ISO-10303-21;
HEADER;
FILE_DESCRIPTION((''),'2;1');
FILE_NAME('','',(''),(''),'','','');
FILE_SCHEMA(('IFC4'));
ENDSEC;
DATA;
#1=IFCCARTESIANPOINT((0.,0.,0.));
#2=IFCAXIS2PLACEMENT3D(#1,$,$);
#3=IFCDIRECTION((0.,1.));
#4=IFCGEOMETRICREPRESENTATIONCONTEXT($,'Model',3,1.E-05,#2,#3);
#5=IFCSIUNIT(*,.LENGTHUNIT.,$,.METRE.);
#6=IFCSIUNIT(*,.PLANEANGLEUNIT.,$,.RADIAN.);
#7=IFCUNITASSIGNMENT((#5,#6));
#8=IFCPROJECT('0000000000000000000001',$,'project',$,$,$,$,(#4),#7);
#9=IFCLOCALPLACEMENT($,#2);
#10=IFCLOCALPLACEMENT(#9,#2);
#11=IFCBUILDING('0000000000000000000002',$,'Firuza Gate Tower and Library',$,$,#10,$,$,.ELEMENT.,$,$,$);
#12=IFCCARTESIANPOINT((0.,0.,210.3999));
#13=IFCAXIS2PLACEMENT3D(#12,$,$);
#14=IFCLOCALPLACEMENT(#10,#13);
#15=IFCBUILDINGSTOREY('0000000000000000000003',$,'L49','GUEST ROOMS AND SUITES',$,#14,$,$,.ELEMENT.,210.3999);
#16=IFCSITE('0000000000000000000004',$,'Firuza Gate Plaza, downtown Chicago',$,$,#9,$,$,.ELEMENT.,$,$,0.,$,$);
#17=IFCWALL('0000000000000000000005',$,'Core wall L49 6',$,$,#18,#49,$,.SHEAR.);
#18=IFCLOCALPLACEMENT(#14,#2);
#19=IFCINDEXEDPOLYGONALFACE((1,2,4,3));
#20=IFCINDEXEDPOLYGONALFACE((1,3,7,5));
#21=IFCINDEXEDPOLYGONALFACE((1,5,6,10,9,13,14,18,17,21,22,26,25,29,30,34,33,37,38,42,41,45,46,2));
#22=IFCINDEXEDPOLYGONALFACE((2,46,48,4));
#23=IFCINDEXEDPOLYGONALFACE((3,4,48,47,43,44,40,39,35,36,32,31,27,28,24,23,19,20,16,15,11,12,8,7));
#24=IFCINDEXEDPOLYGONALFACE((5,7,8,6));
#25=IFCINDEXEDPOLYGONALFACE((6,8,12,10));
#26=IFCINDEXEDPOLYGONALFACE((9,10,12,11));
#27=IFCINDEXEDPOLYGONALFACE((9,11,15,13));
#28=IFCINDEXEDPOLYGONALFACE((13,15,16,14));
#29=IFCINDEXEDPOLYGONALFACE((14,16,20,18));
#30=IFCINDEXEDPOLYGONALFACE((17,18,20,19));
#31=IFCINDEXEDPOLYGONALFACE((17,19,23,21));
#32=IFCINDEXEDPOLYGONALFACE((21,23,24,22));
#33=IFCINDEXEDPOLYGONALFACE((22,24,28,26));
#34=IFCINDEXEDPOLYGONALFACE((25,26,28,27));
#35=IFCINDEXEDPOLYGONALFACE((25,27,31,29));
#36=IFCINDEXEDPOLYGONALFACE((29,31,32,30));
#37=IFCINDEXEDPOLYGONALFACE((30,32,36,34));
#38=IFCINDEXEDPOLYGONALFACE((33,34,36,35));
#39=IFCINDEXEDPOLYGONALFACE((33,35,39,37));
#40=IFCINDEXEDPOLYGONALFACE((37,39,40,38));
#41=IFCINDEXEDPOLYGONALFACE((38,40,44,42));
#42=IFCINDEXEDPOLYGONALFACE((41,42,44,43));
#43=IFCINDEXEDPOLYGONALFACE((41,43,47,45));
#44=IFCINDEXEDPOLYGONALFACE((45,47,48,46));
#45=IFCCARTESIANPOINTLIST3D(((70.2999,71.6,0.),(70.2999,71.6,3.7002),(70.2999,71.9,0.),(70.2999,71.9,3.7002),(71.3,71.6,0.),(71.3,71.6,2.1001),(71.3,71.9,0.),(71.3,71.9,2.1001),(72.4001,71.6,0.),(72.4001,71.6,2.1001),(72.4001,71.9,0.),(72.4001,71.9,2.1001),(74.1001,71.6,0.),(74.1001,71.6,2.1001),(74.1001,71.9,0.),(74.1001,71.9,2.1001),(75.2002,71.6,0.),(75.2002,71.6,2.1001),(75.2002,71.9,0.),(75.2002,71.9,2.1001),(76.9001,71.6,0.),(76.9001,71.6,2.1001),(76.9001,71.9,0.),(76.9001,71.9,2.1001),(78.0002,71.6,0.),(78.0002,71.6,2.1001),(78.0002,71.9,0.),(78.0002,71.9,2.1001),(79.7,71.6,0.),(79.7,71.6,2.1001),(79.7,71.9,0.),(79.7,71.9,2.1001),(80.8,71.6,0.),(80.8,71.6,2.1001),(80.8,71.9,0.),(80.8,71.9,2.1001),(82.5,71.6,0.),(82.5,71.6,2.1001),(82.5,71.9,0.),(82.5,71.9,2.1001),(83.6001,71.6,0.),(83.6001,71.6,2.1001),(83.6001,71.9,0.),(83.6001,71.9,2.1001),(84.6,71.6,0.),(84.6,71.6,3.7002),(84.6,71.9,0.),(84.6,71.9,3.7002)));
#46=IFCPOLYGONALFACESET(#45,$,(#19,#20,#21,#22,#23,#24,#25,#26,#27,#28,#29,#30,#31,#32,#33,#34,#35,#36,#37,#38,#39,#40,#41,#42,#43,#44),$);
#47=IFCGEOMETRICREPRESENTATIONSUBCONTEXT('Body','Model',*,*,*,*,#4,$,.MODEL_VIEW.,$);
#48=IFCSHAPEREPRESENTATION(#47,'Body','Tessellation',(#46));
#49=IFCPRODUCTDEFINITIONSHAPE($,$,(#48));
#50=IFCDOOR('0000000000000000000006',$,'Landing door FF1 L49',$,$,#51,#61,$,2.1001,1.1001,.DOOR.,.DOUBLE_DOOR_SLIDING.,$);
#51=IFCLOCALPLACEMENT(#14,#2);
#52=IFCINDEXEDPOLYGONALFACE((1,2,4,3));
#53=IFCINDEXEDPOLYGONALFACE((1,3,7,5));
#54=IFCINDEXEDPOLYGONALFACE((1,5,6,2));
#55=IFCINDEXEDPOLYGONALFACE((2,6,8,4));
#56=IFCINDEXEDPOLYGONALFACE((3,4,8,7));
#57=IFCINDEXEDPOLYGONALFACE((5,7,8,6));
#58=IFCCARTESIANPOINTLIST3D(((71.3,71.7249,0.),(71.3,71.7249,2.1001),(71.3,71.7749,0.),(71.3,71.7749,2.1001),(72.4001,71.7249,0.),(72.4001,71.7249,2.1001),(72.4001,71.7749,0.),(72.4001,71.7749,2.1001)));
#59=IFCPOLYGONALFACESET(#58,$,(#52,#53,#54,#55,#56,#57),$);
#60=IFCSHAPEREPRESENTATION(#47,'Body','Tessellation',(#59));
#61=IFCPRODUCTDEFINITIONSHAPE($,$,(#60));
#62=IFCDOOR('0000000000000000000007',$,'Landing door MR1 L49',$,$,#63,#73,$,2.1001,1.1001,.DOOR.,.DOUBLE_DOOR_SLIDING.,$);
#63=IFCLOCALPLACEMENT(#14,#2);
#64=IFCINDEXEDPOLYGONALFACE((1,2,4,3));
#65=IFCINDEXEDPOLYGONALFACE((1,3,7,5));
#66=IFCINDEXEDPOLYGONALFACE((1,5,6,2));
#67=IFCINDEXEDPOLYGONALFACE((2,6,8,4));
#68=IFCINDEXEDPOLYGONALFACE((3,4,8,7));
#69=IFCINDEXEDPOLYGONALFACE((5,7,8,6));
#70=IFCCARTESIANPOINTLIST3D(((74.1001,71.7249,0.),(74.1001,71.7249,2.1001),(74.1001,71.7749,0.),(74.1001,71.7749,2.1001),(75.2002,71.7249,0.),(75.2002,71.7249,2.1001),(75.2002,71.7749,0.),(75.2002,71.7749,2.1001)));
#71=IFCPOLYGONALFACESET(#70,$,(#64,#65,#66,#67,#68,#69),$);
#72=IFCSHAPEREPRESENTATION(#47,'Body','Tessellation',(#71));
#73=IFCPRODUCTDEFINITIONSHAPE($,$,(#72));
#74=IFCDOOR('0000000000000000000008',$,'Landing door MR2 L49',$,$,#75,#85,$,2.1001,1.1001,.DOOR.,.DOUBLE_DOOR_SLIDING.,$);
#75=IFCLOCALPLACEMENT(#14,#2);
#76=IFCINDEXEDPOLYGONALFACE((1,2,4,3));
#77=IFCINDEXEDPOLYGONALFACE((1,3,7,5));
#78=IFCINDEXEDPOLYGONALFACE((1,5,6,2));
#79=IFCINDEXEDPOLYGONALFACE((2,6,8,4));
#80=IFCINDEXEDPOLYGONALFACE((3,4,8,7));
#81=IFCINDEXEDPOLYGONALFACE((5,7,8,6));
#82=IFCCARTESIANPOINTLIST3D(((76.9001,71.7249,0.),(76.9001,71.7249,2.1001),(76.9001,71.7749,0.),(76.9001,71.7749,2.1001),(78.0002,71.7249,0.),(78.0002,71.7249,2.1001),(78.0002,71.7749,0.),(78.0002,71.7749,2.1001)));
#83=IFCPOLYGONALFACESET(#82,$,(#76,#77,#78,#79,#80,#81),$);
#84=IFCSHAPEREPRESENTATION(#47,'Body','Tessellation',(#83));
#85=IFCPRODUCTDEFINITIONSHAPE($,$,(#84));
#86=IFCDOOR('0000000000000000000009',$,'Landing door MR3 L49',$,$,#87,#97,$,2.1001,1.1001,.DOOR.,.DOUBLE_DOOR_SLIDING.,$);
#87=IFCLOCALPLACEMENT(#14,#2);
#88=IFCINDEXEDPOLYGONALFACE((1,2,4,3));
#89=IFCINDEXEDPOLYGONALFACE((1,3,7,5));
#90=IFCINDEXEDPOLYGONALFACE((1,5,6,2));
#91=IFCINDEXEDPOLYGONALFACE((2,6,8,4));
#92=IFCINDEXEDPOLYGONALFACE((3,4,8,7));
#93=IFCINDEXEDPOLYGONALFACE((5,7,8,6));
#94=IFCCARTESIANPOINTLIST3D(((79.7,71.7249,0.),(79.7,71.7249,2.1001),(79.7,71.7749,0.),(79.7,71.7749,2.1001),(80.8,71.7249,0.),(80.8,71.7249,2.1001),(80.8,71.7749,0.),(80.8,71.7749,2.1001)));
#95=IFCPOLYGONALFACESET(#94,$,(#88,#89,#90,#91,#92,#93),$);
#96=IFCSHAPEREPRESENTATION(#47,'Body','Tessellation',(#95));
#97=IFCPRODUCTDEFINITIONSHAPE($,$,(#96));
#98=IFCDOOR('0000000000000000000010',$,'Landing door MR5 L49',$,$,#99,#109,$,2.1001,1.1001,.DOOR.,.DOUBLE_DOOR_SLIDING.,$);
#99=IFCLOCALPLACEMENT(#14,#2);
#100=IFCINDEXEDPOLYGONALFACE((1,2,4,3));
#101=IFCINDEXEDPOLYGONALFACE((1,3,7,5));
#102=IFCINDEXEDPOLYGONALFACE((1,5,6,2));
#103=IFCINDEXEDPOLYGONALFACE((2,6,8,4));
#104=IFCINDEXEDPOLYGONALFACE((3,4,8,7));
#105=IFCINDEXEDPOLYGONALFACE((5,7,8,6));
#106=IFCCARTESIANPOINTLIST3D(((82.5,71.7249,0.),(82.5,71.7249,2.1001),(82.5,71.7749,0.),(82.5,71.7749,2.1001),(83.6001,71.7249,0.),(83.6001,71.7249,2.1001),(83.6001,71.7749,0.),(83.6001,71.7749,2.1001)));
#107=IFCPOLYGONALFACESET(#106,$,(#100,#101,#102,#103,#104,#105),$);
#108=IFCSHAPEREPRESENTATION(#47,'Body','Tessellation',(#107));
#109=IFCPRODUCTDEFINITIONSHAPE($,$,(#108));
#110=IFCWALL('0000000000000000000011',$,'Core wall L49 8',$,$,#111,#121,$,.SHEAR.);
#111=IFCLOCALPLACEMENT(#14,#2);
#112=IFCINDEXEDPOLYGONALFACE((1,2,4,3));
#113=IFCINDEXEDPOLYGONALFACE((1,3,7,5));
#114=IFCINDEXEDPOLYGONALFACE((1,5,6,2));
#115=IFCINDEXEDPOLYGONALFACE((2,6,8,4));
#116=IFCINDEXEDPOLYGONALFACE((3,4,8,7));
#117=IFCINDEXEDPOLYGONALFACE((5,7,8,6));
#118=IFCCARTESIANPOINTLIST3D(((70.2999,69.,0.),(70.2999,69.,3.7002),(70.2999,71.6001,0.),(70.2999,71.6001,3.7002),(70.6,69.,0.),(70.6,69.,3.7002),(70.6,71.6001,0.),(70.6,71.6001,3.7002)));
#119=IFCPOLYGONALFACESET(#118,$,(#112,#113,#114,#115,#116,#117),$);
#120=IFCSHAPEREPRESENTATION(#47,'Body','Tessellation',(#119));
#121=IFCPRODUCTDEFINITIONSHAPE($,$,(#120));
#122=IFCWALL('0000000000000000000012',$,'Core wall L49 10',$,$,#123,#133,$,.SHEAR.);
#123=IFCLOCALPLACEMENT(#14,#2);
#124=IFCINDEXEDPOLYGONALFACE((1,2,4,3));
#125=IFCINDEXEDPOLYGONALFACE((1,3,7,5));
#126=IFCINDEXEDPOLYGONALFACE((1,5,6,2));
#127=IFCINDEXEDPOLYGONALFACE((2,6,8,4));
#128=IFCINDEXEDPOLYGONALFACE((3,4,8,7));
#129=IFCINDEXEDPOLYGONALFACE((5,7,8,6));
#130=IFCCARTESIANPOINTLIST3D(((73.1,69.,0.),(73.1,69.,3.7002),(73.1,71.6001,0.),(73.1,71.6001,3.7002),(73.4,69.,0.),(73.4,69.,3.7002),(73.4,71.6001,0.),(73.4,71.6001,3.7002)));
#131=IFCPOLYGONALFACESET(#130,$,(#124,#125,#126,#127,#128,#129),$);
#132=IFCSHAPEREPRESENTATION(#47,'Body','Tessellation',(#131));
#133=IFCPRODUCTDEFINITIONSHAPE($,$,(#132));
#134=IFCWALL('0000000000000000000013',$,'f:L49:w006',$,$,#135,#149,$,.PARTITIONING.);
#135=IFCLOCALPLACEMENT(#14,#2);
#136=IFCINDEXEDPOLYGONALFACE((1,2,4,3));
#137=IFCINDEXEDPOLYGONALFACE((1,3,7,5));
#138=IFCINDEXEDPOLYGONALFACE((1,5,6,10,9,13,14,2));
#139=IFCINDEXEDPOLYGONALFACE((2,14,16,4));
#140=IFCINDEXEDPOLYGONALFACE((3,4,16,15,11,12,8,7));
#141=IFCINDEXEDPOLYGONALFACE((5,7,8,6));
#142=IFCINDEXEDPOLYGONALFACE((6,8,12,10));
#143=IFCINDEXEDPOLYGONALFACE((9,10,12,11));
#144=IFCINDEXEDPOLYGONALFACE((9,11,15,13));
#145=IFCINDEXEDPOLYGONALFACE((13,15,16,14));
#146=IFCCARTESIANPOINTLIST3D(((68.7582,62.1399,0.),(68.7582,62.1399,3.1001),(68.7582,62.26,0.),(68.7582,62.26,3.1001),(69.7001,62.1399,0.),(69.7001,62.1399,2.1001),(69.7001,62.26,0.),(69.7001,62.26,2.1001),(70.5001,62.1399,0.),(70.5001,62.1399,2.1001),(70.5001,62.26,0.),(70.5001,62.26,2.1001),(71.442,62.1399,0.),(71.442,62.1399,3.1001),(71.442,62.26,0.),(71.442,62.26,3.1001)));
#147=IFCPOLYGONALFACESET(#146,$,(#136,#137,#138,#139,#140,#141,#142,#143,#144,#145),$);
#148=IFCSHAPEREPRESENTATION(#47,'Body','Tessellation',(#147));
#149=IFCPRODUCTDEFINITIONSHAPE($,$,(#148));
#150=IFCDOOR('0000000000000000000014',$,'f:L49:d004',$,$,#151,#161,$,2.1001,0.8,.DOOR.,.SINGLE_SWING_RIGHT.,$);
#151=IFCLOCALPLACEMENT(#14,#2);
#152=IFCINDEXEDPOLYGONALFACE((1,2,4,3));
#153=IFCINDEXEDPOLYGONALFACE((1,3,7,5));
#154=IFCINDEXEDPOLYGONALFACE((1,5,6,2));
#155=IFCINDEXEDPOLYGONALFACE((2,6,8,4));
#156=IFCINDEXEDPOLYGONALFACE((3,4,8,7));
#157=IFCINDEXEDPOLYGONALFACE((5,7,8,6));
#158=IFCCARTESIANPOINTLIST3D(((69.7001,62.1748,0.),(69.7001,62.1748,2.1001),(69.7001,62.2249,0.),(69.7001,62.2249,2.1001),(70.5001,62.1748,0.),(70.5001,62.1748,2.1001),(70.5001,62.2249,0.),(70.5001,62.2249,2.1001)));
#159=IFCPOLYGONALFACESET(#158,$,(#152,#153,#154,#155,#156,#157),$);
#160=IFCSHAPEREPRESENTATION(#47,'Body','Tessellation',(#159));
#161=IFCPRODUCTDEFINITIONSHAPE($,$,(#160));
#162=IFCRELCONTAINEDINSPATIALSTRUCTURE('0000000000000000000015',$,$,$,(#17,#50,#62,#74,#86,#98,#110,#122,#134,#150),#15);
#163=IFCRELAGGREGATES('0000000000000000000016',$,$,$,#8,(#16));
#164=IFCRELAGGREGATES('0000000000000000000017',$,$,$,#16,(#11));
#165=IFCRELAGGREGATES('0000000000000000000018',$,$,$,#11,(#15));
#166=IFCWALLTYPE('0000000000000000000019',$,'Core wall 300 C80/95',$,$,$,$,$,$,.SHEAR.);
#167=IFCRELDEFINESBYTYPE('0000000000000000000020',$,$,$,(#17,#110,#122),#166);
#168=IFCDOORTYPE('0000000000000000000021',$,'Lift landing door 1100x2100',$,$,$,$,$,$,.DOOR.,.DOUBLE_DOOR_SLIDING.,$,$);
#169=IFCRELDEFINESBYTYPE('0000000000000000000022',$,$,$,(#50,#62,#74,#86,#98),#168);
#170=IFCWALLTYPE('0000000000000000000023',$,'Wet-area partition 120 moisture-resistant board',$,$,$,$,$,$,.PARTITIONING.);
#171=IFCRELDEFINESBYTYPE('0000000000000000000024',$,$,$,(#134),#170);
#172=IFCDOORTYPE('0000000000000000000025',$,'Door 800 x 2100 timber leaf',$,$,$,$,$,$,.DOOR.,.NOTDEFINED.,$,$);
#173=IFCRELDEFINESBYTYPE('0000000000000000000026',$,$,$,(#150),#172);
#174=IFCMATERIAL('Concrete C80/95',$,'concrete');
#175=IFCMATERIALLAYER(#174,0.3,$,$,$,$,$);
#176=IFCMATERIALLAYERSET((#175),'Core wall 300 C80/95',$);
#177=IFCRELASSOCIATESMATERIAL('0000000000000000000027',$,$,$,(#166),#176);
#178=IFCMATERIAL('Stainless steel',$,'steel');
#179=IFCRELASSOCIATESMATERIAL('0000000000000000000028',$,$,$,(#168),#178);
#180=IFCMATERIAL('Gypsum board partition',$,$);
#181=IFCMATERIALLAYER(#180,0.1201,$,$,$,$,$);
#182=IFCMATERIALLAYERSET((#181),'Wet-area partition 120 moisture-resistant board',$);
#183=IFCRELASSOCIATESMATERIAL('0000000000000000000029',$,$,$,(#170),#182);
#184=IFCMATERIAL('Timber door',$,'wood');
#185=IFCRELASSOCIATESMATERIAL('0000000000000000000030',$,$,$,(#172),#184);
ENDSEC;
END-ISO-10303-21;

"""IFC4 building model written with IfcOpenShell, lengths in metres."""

from ifc_helpers import new_model, si_unit, direction, frame, frame_2d, origin, place, context, subcontext, project, spatial, rectangle, extrude, material, layer, layer_set, type_object, element, fill, save


model = new_model("IFC4")

# Units and contexts
model_context = context("Model", 3, precision=1e-05, world=origin(), true_north=direction((0.0, 1.0)))
body_context = subcontext(model_context, "Body", "Model", "MODEL_VIEW")
ifc_project = project(units=[si_unit("LENGTHUNIT", "METRE"), si_unit("PLANEANGLEUNIT", "RADIAN")], contexts=[model_context])

# Site, building, storey
site_placement = place(None, origin())
site = spatial("IfcSite", under=ifc_project, at=site_placement, Name="Firuza Gate Plaza, downtown Chicago", CompositionType="ELEMENT", RefElevation=0.0)
building_placement = place(site_placement, origin())
building = spatial("IfcBuilding", under=site, at=building_placement, Name="Firuza Gate Tower and Library", CompositionType="ELEMENT")
storey_placement = place(building_placement, frame((0.0, 0.0, 210.3999)))
storey = spatial("IfcBuildingStorey", under=building, at=storey_placement, Name="L49", Description="GUEST ROOMS AND SUITES", CompositionType="ELEMENT", Elevation=210.3999)

# Shared definitions
ifc_material_1 = material(Name="Concrete C80/95", Category="concrete")
ifc_layer_1 = layer(ifc_material_1, 0.3)
ifc_layer_set_1 = layer_set([ifc_layer_1], Name="Core wall 300 C80/95")
wall_type_1 = type_object("IfcWallType", Name="Core wall 300 C80/95", PredefinedType="SHEAR", material=ifc_layer_set_1)

# Wall, openings, doors
wall_1_placement = place(storey_placement, frame((70.3, 71.75, 0.0), z_axis=(0.0, 0.0, 1.0), x_axis=(1.0, 0.0, 0.0)))
wall_1 = element("IfcWall", 1, at=wall_1_placement, inside=storey, type_object=wall_type_1, Name="Core wall L49 6", PredefinedType="SHEAR", context=body_context, shape_type="SweptSolid", body=[
    extrude(rectangle(XDim=14.3, YDim=0.3, at=frame_2d((7.1499, 0.0))), origin(), (0.0, 0.0, 1.0), 3.7002),
])
opening_1_placement = place(wall_1_placement, frame((1.0, 0.0, 0.0)))
opening_1 = element("IfcOpeningElement", 2, at=opening_1_placement, cuts=wall_1, PredefinedType="OPENING", context=body_context, shape_type="SweptSolid", body=[
    extrude(rectangle(XDim=1.1001, YDim=2.1001, at=frame_2d((0.55, 1.05))), frame((0.0, 0.1602, 0.0), z_axis=(0.0, -1.0, 0.0), x_axis=(1.0, 0.0, 0.0)), (0.0, 0.0, 1.0), 0.3201),
])
opening_2_placement = place(wall_1_placement, frame((3.8, 0.0, 0.0)))
opening_2 = element("IfcOpeningElement", 3, at=opening_2_placement, cuts=wall_1, PredefinedType="OPENING", context=body_context, shape_type="SweptSolid", body=[
    extrude(rectangle(XDim=1.1001, YDim=2.1001, at=frame_2d((0.55, 1.05))), frame((0.0, 0.1602, 0.0), z_axis=(0.0, -1.0, 0.0), x_axis=(1.0, 0.0, 0.0)), (0.0, 0.0, 1.0), 0.3201),
])
opening_3_placement = place(wall_1_placement, frame((6.6001, 0.0, 0.0)))
opening_3 = element("IfcOpeningElement", 4, at=opening_3_placement, cuts=wall_1, PredefinedType="OPENING", context=body_context, shape_type="SweptSolid", body=[
    extrude(rectangle(XDim=1.1001, YDim=2.1001, at=frame_2d((0.55, 1.05))), frame((0.0, 0.1602, 0.0), z_axis=(0.0, -1.0, 0.0), x_axis=(1.0, 0.0, 0.0)), (0.0, 0.0, 1.0), 0.3201),
])
opening_4_placement = place(wall_1_placement, frame((9.3999, 0.0, 0.0)))
opening_4 = element("IfcOpeningElement", 5, at=opening_4_placement, cuts=wall_1, PredefinedType="OPENING", context=body_context, shape_type="SweptSolid", body=[
    extrude(rectangle(XDim=1.1001, YDim=2.1001, at=frame_2d((0.55, 1.05))), frame((0.0, 0.1602, 0.0), z_axis=(0.0, -1.0, 0.0), x_axis=(1.0, 0.0, 0.0)), (0.0, 0.0, 1.0), 0.3201),
])
opening_5_placement = place(wall_1_placement, frame((12.2, 0.0, 0.0)))
opening_5 = element("IfcOpeningElement", 6, at=opening_5_placement, cuts=wall_1, PredefinedType="OPENING", context=body_context, shape_type="SweptSolid", body=[
    extrude(rectangle(XDim=1.1001, YDim=2.1001, at=frame_2d((0.55, 1.05))), frame((0.0, 0.1602, 0.0), z_axis=(0.0, -1.0, 0.0), x_axis=(1.0, 0.0, 0.0)), (0.0, 0.0, 1.0), 0.3201),
])
ifc_material_2 = material(Name="Stainless steel", Category="steel")
door_type_1 = type_object("IfcDoorType", Name="Lift landing door 1100x2100", OperationType="DOUBLE_DOOR_SLIDING", PredefinedType="DOOR", material=ifc_material_2)
door_1_placement = place(opening_1_placement, origin())
door_1 = element("IfcDoor", 7, at=door_1_placement, inside=storey, type_object=door_type_1, Name="Landing door FF1 L49", OperationType="DOUBLE_DOOR_SLIDING", OverallHeight=2.1001, OverallWidth=1.1001, PredefinedType="DOOR", context=body_context, shape_type="SweptSolid", body=[
    extrude(rectangle(XDim=1.1001, YDim=2.1001, at=frame_2d((0.55, 1.05))), frame((0.0, 0.0249, 0.0), z_axis=(0.0, -1.0, 0.0), x_axis=(1.0, 0.0, 0.0)), (0.0, 0.0, 1.0), 0.05),
])
fill(opening_1, door_1)
door_2_placement = place(opening_2_placement, origin())
door_2 = element("IfcDoor", 8, at=door_2_placement, inside=storey, type_object=door_type_1, Name="Landing door MR1 L49", OperationType="DOUBLE_DOOR_SLIDING", OverallHeight=2.1001, OverallWidth=1.1001, PredefinedType="DOOR", context=body_context, shape_type="SweptSolid", body=[
    extrude(rectangle(XDim=1.1001, YDim=2.1001, at=frame_2d((0.55, 1.05))), frame((0.0, 0.0249, 0.0), z_axis=(0.0, -1.0, 0.0), x_axis=(1.0, 0.0, 0.0)), (0.0, 0.0, 1.0), 0.05),
])
fill(opening_2, door_2)
door_3_placement = place(opening_3_placement, origin())
door_3 = element("IfcDoor", 9, at=door_3_placement, inside=storey, type_object=door_type_1, Name="Landing door MR2 L49", OperationType="DOUBLE_DOOR_SLIDING", OverallHeight=2.1001, OverallWidth=1.1001, PredefinedType="DOOR", context=body_context, shape_type="SweptSolid", body=[
    extrude(rectangle(XDim=1.1001, YDim=2.1001, at=frame_2d((0.55, 1.05))), frame((0.0, 0.0249, 0.0), z_axis=(0.0, -1.0, 0.0), x_axis=(1.0, 0.0, 0.0)), (0.0, 0.0, 1.0), 0.05),
])
fill(opening_3, door_3)
door_4_placement = place(opening_4_placement, origin())
door_4 = element("IfcDoor", 10, at=door_4_placement, inside=storey, type_object=door_type_1, Name="Landing door MR3 L49", OperationType="DOUBLE_DOOR_SLIDING", OverallHeight=2.1001, OverallWidth=1.1001, PredefinedType="DOOR", context=body_context, shape_type="SweptSolid", body=[
    extrude(rectangle(XDim=1.1001, YDim=2.1001, at=frame_2d((0.55, 1.05))), frame((0.0, 0.0249, 0.0), z_axis=(0.0, -1.0, 0.0), x_axis=(1.0, 0.0, 0.0)), (0.0, 0.0, 1.0), 0.05),
])
fill(opening_4, door_4)
door_5_placement = place(opening_5_placement, origin())
door_5 = element("IfcDoor", 11, at=door_5_placement, inside=storey, type_object=door_type_1, Name="Landing door MR5 L49", OperationType="DOUBLE_DOOR_SLIDING", OverallHeight=2.1001, OverallWidth=1.1001, PredefinedType="DOOR", context=body_context, shape_type="SweptSolid", body=[
    extrude(rectangle(XDim=1.1001, YDim=2.1001, at=frame_2d((0.55, 1.05))), frame((0.0, 0.0249, 0.0), z_axis=(0.0, -1.0, 0.0), x_axis=(1.0, 0.0, 0.0)), (0.0, 0.0, 1.0), 0.05),
])
fill(opening_5, door_5)

# Walls
for number, where, z_axis, x_axis, name in (
    (12, (70.45, 69.0, 0.0), (0.0, 0.0, 1.0), (0.0, 1.0, 0.0), "Core wall L49 8"),
    (13, (73.25, 69.0, 0.0), (0.0, 0.0, 1.0), (0.0, 1.0, 0.0), "Core wall L49 10"),
):
    element("IfcWall", number, at=place(storey_placement, frame(where, z_axis=z_axis, x_axis=x_axis)), inside=storey, type_object=wall_type_1, Name=name, PredefinedType="SHEAR", context=body_context, shape_type="SweptSolid", body=[
        extrude(rectangle(XDim=2.6001, YDim=0.3, at=frame_2d((1.3, 0.0))), origin(), (0.0, 0.0, 1.0), 3.7002),
    ])

# Wall, opening, door
ifc_material_3 = material(Name="Gypsum board partition")
ifc_layer_2 = layer(ifc_material_3, 0.1201)
ifc_layer_set_2 = layer_set([ifc_layer_2], Name="Wet-area partition 120 moisture-resistant board")
wall_type_2 = type_object("IfcWallType", Name="Wet-area partition 120 moisture-resistant board", PredefinedType="PARTITIONING", material=ifc_layer_set_2)
wall_2_placement = place(storey_placement, frame((68.7583, 62.2, 0.0), z_axis=(0.0, 0.0, 1.0), x_axis=(1.0, 0.0, 0.0)))
wall_2 = element("IfcWall", 14, at=wall_2_placement, inside=storey, type_object=wall_type_2, Name="f:L49:w006", PredefinedType="PARTITIONING", context=body_context, shape_type="SweptSolid", body=[
    extrude(rectangle(XDim=2.6838, YDim=0.1201, at=frame_2d((1.3418, 0.0))), origin(), (0.0, 0.0, 1.0), 3.1001),
])
opening_6_placement = place(wall_2_placement, frame((0.9419, 0.0, 0.0)))
opening_6 = element("IfcOpeningElement", 15, at=opening_6_placement, cuts=wall_2, PredefinedType="OPENING", context=body_context, shape_type="SweptSolid", body=[
    extrude(rectangle(XDim=0.8, YDim=2.1001, at=frame_2d((0.3999, 1.05))), frame((0.0, 0.0701, 0.0), z_axis=(0.0, -1.0, 0.0), x_axis=(1.0, 0.0, 0.0)), (0.0, 0.0, 1.0), 0.1401),
])
ifc_material_4 = material(Name="Timber door", Category="wood")
door_type_2 = type_object("IfcDoorType", Name="Door 800 x 2100 timber leaf", OperationType="NOTDEFINED", PredefinedType="DOOR", material=ifc_material_4)
door_6_placement = place(opening_6_placement, origin())
door_6 = element("IfcDoor", 16, at=door_6_placement, inside=storey, type_object=door_type_2, Name="f:L49:d004", OperationType="SINGLE_SWING_RIGHT", OverallHeight=2.1001, OverallWidth=0.8, PredefinedType="DOOR", context=body_context, shape_type="SweptSolid", body=[
    extrude(rectangle(XDim=0.8, YDim=2.1001, at=frame_2d((0.3999, 1.05))), frame((0.0, 0.0249, 0.0), z_axis=(0.0, -1.0, 0.0), x_axis=(1.0, 0.0, 0.0)), (0.0, 0.0, 1.0), 0.05),
])
fill(opening_6, door_6)

save(model, "model.ifc")
